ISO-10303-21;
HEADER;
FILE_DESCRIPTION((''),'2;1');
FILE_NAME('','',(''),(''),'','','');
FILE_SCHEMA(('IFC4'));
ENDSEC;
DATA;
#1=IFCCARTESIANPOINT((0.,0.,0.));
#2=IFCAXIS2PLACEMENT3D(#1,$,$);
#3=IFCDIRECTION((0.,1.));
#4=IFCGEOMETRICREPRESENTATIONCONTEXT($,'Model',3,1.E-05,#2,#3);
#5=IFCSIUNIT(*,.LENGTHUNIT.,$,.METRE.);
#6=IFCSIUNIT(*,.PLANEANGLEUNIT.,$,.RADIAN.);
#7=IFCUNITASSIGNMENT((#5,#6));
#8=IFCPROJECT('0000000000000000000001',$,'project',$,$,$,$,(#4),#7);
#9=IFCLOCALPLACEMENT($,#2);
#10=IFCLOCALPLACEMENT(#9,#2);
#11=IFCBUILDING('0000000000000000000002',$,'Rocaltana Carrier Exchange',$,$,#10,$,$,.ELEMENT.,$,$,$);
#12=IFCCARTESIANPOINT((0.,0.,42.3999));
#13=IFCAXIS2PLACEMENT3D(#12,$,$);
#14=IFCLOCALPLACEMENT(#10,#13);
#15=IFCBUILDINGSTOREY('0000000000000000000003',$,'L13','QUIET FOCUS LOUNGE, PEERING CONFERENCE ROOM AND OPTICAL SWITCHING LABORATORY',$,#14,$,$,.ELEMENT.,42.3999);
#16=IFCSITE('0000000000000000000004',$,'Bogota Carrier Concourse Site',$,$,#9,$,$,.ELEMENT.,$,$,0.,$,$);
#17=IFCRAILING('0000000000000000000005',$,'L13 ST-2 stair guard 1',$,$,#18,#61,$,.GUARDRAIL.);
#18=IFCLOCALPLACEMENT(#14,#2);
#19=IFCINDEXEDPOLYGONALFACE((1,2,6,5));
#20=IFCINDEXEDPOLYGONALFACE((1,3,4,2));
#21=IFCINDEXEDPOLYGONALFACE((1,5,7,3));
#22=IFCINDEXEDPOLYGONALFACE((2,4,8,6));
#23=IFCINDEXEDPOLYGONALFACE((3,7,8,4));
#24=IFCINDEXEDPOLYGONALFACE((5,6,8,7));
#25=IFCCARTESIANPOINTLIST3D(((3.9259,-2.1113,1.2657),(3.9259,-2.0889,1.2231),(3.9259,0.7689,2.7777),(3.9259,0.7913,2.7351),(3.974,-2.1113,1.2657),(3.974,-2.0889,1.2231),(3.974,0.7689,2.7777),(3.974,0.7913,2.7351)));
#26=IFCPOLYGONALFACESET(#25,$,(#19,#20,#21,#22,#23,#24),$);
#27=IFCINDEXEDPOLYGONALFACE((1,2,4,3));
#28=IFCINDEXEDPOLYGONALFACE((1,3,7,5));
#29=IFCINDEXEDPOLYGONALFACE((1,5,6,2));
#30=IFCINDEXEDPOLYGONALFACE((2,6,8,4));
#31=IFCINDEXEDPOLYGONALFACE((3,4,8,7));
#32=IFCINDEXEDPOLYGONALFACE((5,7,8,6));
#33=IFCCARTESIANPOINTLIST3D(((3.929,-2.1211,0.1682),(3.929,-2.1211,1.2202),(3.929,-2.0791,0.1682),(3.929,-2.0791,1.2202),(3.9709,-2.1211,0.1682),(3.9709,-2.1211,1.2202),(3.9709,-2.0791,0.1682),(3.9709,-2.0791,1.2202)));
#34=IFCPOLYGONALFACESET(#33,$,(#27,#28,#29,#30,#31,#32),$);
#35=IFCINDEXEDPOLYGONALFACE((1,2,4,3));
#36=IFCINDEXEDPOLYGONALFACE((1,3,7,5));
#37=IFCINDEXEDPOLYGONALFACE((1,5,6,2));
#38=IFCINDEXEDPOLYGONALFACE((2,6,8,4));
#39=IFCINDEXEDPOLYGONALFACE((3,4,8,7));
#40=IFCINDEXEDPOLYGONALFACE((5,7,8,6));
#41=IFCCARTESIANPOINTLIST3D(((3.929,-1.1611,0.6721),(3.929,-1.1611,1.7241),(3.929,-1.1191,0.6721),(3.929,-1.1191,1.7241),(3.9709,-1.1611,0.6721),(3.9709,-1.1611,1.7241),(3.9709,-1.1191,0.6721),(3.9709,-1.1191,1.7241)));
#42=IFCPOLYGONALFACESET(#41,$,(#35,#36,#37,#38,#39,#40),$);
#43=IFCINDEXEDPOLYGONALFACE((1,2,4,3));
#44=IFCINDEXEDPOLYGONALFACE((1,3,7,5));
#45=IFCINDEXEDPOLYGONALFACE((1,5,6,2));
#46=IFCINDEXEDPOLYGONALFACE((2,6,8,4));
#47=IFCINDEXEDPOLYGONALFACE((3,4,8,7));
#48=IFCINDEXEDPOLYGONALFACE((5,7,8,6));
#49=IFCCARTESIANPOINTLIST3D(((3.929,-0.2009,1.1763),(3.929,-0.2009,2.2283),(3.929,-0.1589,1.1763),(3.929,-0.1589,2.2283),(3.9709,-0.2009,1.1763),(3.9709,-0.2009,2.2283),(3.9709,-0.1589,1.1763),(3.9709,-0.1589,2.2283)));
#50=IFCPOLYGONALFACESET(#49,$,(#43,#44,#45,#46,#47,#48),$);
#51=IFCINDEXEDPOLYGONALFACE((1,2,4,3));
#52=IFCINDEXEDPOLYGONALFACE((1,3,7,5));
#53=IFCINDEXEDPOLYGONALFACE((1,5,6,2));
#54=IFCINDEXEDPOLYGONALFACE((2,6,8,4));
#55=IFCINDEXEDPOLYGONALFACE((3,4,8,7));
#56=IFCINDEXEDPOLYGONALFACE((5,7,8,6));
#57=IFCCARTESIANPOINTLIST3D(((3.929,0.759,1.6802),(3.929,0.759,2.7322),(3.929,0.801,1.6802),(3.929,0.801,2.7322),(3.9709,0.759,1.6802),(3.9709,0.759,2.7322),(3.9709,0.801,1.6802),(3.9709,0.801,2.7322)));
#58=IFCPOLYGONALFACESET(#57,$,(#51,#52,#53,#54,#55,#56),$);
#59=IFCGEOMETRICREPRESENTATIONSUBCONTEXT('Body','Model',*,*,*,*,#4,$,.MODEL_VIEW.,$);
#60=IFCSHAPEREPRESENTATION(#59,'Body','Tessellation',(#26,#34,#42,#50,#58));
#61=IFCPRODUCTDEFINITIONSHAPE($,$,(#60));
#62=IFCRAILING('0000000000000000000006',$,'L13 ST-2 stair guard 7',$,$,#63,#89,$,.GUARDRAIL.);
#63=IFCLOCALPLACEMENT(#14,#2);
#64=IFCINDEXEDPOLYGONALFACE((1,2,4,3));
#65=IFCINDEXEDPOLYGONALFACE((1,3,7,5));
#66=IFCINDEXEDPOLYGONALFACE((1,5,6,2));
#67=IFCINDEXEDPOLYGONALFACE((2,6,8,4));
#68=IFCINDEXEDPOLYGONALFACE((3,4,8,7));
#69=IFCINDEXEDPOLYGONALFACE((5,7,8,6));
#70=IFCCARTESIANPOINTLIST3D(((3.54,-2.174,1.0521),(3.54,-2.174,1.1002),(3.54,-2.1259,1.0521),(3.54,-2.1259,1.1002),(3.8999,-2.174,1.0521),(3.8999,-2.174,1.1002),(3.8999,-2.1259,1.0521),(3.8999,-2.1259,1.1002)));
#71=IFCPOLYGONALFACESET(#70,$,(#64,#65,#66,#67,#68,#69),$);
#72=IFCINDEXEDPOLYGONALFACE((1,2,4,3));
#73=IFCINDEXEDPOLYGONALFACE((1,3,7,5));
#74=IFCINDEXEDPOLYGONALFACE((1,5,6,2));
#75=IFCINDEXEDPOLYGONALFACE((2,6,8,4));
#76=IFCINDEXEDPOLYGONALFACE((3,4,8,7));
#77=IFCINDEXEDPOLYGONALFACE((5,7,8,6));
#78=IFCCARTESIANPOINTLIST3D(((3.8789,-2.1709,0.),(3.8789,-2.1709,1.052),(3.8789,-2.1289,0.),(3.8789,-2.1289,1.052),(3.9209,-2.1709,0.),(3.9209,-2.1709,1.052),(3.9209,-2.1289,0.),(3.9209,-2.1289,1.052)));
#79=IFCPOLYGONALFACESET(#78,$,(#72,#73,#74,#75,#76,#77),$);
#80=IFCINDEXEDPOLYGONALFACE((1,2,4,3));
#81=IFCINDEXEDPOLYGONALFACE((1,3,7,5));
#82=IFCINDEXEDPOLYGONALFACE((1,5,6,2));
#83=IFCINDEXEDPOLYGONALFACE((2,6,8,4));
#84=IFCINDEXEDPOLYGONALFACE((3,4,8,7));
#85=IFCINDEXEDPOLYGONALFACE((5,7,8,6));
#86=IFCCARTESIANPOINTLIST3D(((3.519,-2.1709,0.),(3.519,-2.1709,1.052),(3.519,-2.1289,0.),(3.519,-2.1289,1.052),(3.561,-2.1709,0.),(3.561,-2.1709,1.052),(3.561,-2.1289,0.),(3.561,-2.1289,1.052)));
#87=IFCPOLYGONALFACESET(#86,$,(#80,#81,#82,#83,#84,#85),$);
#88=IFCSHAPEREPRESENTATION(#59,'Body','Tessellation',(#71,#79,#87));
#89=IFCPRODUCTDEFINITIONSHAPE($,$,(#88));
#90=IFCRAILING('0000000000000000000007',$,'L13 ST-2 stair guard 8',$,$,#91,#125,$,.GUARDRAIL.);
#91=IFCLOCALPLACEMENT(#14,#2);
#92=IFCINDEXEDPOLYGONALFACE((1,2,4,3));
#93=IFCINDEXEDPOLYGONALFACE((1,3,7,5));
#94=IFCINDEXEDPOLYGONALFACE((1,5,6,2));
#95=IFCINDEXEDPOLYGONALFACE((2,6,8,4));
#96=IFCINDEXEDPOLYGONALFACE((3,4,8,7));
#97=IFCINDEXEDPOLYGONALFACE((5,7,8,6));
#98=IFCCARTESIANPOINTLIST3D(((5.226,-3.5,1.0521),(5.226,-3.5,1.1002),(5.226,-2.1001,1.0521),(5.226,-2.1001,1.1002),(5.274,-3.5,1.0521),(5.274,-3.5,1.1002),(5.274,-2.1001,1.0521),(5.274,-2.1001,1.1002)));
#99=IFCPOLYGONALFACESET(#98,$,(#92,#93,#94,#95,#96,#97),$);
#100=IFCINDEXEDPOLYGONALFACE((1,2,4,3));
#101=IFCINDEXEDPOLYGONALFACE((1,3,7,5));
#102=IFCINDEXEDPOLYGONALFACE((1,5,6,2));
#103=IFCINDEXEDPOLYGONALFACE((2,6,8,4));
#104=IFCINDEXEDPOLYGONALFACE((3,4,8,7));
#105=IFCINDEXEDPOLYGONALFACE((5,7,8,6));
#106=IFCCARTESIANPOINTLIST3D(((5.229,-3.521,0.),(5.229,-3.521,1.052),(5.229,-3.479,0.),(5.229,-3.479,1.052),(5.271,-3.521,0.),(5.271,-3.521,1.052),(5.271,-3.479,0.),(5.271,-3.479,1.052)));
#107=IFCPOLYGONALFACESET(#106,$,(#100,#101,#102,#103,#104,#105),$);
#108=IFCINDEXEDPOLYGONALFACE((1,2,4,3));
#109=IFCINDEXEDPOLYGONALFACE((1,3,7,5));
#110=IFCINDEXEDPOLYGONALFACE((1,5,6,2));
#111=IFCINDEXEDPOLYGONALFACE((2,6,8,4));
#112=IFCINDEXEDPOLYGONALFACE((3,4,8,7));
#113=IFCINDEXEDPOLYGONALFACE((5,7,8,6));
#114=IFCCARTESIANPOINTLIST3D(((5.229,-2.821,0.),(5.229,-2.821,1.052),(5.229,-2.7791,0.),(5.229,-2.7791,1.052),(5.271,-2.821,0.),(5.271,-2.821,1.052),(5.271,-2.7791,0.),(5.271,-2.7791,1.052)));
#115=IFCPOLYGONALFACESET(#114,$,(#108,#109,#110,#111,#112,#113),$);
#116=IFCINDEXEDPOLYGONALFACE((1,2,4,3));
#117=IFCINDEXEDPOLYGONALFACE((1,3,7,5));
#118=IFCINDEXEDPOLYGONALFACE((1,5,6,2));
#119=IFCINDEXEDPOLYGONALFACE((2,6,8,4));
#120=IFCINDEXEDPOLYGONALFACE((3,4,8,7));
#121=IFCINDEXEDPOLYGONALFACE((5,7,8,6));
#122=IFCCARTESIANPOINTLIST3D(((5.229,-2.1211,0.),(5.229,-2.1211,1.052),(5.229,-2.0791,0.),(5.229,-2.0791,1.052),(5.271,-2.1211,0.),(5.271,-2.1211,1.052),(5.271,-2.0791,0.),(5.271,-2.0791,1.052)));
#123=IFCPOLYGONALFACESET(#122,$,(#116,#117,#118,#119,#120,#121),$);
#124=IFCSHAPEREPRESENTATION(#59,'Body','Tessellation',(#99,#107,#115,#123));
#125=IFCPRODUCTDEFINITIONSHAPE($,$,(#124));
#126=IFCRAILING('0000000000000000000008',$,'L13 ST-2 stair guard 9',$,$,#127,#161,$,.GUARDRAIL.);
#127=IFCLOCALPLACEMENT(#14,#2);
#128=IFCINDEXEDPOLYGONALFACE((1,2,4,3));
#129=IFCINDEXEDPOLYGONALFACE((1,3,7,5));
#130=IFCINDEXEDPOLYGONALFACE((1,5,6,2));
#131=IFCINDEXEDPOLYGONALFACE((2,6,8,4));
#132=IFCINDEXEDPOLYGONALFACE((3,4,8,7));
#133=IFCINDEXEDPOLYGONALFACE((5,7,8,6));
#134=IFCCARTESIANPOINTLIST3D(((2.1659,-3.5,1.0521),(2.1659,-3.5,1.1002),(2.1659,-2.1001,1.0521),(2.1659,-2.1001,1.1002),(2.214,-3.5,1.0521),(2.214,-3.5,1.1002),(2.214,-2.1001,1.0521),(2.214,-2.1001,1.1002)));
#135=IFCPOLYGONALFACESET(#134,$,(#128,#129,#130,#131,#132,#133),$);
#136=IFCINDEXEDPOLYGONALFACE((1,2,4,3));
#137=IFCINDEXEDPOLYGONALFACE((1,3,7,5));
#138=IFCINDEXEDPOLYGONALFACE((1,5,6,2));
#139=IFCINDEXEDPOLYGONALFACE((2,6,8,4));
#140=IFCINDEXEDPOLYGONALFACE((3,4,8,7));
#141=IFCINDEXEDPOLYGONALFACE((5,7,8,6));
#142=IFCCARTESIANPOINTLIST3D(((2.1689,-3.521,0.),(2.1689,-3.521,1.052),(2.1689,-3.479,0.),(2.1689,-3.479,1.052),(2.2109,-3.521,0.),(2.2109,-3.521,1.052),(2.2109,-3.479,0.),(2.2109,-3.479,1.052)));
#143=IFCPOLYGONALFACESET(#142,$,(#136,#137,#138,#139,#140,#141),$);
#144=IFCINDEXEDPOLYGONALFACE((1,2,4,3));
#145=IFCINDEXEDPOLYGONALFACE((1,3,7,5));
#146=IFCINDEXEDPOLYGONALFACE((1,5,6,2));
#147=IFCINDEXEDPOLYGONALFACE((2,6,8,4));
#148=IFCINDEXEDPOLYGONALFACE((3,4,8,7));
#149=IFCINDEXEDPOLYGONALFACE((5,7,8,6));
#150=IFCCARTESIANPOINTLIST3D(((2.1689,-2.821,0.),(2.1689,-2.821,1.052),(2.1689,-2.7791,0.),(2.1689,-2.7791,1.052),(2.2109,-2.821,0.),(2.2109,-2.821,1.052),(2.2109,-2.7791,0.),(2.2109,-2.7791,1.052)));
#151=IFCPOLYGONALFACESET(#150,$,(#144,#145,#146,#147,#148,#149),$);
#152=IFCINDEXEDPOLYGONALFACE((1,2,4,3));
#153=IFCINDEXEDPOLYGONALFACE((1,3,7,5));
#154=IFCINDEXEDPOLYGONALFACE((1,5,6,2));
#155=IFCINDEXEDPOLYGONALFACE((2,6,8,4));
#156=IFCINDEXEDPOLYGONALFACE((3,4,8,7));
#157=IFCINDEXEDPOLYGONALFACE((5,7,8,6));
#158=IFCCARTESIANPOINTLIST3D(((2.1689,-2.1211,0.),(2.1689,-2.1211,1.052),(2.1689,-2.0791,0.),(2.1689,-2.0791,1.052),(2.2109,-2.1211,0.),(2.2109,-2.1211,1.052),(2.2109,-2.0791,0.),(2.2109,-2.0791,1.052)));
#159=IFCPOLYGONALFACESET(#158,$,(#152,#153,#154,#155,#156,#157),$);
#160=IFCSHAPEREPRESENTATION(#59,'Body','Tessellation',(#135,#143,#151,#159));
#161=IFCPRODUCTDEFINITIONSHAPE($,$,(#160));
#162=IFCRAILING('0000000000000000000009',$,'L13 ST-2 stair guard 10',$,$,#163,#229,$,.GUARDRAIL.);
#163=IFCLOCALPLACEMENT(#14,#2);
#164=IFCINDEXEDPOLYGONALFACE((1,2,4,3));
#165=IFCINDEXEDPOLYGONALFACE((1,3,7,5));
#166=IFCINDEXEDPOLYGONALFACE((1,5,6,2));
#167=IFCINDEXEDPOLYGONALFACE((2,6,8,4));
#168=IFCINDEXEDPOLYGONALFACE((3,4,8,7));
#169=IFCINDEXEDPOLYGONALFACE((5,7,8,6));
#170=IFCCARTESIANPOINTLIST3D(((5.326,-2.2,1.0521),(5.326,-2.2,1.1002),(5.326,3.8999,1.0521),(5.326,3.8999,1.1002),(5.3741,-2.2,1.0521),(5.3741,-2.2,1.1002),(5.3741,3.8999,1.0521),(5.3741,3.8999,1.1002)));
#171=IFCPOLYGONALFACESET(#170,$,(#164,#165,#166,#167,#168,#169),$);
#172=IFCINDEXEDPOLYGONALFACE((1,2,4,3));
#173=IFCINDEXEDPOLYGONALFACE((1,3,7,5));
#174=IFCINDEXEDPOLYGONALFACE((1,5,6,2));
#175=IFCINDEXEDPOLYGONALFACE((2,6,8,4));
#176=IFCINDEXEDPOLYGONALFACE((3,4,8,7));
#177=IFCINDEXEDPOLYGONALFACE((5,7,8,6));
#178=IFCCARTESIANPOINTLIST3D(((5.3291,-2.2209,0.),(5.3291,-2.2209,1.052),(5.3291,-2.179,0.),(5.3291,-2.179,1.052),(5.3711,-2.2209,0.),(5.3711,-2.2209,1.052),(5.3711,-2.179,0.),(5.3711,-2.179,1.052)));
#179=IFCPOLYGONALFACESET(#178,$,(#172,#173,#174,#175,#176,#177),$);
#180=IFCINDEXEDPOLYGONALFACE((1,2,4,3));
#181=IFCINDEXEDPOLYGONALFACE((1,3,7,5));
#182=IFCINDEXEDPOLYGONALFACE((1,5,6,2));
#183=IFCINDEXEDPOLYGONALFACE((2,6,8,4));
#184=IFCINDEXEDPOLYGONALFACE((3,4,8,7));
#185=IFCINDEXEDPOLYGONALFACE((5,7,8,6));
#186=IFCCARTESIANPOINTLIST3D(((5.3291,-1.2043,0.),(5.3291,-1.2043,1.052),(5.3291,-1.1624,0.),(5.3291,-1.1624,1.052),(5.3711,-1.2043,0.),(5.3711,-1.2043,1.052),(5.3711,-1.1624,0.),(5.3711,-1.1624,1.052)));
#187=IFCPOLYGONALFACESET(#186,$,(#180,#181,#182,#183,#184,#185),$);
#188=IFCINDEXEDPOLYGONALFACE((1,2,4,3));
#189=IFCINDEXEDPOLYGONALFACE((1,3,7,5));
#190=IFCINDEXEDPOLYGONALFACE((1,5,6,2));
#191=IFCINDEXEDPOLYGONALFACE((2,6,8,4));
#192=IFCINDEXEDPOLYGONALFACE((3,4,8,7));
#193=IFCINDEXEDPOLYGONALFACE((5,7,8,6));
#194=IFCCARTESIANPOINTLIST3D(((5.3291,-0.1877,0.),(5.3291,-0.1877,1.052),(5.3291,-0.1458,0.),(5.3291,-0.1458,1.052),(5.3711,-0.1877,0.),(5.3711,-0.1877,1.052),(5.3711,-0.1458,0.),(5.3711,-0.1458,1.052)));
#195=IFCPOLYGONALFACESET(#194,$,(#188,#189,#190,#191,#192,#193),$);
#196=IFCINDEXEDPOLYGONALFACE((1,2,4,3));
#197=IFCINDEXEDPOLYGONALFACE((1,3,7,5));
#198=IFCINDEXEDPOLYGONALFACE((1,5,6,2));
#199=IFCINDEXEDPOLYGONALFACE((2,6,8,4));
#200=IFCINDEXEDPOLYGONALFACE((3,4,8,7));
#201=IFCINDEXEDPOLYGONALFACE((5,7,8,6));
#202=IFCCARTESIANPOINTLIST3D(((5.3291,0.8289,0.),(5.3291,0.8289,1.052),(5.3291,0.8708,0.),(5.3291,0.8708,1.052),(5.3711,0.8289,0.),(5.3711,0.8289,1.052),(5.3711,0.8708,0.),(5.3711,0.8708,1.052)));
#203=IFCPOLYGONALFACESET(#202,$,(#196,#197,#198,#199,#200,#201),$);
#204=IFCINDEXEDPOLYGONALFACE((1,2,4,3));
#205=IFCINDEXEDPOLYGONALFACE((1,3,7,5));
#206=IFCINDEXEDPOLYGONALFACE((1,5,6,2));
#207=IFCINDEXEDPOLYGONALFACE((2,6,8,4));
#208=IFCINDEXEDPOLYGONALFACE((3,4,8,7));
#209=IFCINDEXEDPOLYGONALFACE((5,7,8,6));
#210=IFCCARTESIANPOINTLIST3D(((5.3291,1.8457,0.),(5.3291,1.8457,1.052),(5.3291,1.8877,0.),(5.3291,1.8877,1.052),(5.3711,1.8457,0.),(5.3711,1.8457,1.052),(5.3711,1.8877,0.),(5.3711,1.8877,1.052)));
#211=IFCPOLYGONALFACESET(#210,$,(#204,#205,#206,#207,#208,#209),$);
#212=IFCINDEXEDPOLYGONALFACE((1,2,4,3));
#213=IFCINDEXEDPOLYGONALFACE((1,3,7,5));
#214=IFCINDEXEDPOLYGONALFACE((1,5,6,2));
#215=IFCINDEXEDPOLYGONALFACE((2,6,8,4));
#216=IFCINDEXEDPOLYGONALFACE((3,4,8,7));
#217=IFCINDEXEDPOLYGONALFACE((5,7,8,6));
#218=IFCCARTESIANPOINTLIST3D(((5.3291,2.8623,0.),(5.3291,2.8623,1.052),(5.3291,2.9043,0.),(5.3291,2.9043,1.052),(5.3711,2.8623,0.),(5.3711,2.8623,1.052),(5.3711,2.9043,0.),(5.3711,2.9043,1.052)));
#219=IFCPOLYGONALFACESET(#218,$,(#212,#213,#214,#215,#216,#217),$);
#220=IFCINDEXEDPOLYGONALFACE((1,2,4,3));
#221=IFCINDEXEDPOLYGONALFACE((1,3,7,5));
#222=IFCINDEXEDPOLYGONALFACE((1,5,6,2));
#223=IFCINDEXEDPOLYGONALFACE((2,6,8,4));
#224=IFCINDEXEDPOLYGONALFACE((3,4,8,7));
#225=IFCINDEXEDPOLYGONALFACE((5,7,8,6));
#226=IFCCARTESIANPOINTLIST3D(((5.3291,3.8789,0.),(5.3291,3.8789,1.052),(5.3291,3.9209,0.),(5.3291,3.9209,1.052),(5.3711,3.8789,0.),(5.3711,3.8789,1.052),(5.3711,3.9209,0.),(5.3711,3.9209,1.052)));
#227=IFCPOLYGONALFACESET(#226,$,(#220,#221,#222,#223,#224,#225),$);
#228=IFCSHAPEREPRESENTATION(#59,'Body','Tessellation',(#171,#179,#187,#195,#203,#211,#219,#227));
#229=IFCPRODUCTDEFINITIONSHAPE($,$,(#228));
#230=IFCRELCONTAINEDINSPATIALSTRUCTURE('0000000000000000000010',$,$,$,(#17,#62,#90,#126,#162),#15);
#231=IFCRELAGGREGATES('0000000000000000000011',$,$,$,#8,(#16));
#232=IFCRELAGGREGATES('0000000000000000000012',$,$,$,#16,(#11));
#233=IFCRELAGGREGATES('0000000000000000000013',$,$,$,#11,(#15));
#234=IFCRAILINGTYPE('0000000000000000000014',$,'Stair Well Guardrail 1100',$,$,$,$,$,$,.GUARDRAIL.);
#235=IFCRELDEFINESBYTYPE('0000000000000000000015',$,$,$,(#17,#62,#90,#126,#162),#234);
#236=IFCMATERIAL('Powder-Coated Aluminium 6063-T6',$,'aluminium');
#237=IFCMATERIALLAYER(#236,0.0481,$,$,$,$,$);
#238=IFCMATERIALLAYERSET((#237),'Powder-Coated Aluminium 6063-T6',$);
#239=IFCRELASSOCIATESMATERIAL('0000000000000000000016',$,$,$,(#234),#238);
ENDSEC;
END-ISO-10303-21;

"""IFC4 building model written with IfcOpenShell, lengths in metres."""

from ifc_helpers import new_model, si_unit, direction, frame, origin, origin_2d, place, context, subcontext, project, spatial, rectangle, extrude, material, layer, layer_set, type_object, element, save


model = new_model("IFC4")

# Units and contexts
model_context = context("Model", 3, precision=1e-05, world=origin(), true_north=direction((0.0, 1.0)))
body_context = subcontext(model_context, "Body", "Model", "MODEL_VIEW")
ifc_project = project(units=[si_unit("LENGTHUNIT", "METRE"), si_unit("PLANEANGLEUNIT", "RADIAN")], contexts=[model_context])

# Site, building, storey
site_placement = place(None, origin())
site = spatial("IfcSite", under=ifc_project, at=site_placement, Name="Bogota Carrier Concourse Site", CompositionType="ELEMENT", RefElevation=0.0)
building_placement = place(site_placement, origin())
building = spatial("IfcBuilding", under=site, at=building_placement, Name="Rocaltana Carrier Exchange", CompositionType="ELEMENT")
storey_placement = place(building_placement, frame((0.0, 0.0, 42.3999)))
storey = spatial("IfcBuildingStorey", under=building, at=storey_placement, Name="L13", Description="QUIET FOCUS LOUNGE, PEERING CONFERENCE ROOM AND OPTICAL SWITCHING LABORATORY", CompositionType="ELEMENT", Elevation=42.3999)

# Railings
ifc_material_1 = material(Name="Powder-Coated Aluminium 6063-T6", Category="aluminium")
ifc_layer_1 = layer(ifc_material_1, 0.0481)
ifc_layer_set_1 = layer_set([ifc_layer_1], Name="Powder-Coated Aluminium 6063-T6")
railing_type_1 = type_object("IfcRailingType", Name="Stair Well Guardrail 1100", PredefinedType="GUARDRAIL", material=ifc_layer_set_1)
railing_1_placement = place(storey_placement, frame((3.95, -2.1001, 0.1682)))
element("IfcRailing", 1, at=railing_1_placement, inside=storey, type_object=railing_type_1, Name="L13 ST-2 stair guard 1", PredefinedType="GUARDRAIL", context=body_context, shape_type="SweptSolid", body=[
    extrude(rectangle(XDim=0.0481, YDim=0.0481, at=origin_2d()), frame((0.0, 0.0, 1.0762), z_axis=(0.0, 0.885411, 0.464809), x_axis=(-1.0, 0.0, 0.0)), (0.0, 0.0, 1.0), 3.2529),
    extrude(rectangle(XDim=0.042, YDim=0.042, at=origin_2d()), origin(), (0.0, 0.0, 1.0), 1.052),
    extrude(rectangle(XDim=0.042, YDim=0.042, at=origin_2d()), frame((0.0, 0.96, 0.5039)), (0.0, 0.0, 1.0), 1.052),
    extrude(rectangle(XDim=0.042, YDim=0.042, at=origin_2d()), frame((0.0, 1.9202, 1.0081)), (0.0, 0.0, 1.0), 1.052),
    extrude(rectangle(XDim=0.042, YDim=0.042, at=origin_2d()), frame((0.0, 2.8801, 1.512)), (0.0, 0.0, 1.0), 1.052),
])
railing_2_placement = place(storey_placement, frame((3.8999, -2.1499, 0.0)))
element("IfcRailing", 2, at=railing_2_placement, inside=storey, type_object=railing_type_1, Name="L13 ST-2 stair guard 7", PredefinedType="GUARDRAIL", context=body_context, shape_type="SweptSolid", body=[
    extrude(rectangle(XDim=0.0481, YDim=0.0481, at=origin_2d()), frame((0.0, 0.0, 1.0762), z_axis=(-1.0, 0.0, 0.0), x_axis=(0.0, -1.0, 0.0)), (0.0, 0.0, 1.0), 0.3599),
    extrude(rectangle(XDim=0.042, YDim=0.042, at=origin_2d()), origin(), (0.0, 0.0, 1.0), 1.052),
    extrude(rectangle(XDim=0.042, YDim=0.042, at=origin_2d()), frame((-0.3599, 0.0, 0.0)), (0.0, 0.0, 1.0), 1.052),
])
for number, where, name in (
    (3, (5.25, -3.5, 0.0), "L13 ST-2 stair guard 8"),
    (4, (2.1899, -3.5, 0.0), "L13 ST-2 stair guard 9"),
):
    element("IfcRailing", number, at=place(storey_placement, frame(where)), inside=storey, type_object=railing_type_1, Name=name, PredefinedType="GUARDRAIL", context=body_context, shape_type="SweptSolid", body=[
        extrude(rectangle(XDim=0.0481, YDim=0.0481, at=origin_2d()), frame((0.0, 0.0, 1.0762), z_axis=(0.0, 1.0, 0.0), x_axis=(-1.0, 0.0, 0.0)), (0.0, 0.0, 1.0), 1.3999),
        extrude(rectangle(XDim=0.042, YDim=0.042, at=origin_2d()), origin(), (0.0, 0.0, 1.0), 1.052),
        extrude(rectangle(XDim=0.042, YDim=0.042, at=origin_2d()), frame((0.0, 0.7, 0.0)), (0.0, 0.0, 1.0), 1.052),
        extrude(rectangle(XDim=0.042, YDim=0.042, at=origin_2d()), frame((0.0, 1.3999, 0.0)), (0.0, 0.0, 1.0), 1.052),
    ])
for number, where, name in (
    (5, (5.3501, -2.2, 0.0), "L13 ST-2 stair guard 10"),
):
    element("IfcRailing", number, at=place(storey_placement, frame(where)), inside=storey, type_object=railing_type_1, Name=name, PredefinedType="GUARDRAIL", context=body_context, shape_type="SweptSolid", body=[
        extrude(rectangle(XDim=0.0481, YDim=0.0481, at=origin_2d()), frame((0.0, 0.0, 1.0762), z_axis=(0.0, 1.0, 0.0), x_axis=(-1.0, 0.0, 0.0)), (0.0, 0.0, 1.0), 6.0999),
        extrude(rectangle(XDim=0.042, YDim=0.042, at=origin_2d()), origin(), (0.0, 0.0, 1.0), 1.052),
        extrude(rectangle(XDim=0.042, YDim=0.042, at=origin_2d()), frame((0.0, 1.0166, 0.0)), (0.0, 0.0, 1.0), 1.052),
        extrude(rectangle(XDim=0.042, YDim=0.042, at=origin_2d()), frame((0.0, 2.0332, 0.0)), (0.0, 0.0, 1.0), 1.052),
        extrude(rectangle(XDim=0.042, YDim=0.042, at=origin_2d()), frame((0.0, 3.0498, 0.0)), (0.0, 0.0, 1.0), 1.052),
        extrude(rectangle(XDim=0.042, YDim=0.042, at=origin_2d()), frame((0.0, 4.0667, 0.0)), (0.0, 0.0, 1.0), 1.052),
        extrude(rectangle(XDim=0.042, YDim=0.042, at=origin_2d()), frame((0.0, 5.0833, 0.0)), (0.0, 0.0, 1.0), 1.052),
        extrude(rectangle(XDim=0.042, YDim=0.042, at=origin_2d()), frame((0.0, 6.0999, 0.0)), (0.0, 0.0, 1.0), 1.052),
    ])

save(model, "model.ifc")
